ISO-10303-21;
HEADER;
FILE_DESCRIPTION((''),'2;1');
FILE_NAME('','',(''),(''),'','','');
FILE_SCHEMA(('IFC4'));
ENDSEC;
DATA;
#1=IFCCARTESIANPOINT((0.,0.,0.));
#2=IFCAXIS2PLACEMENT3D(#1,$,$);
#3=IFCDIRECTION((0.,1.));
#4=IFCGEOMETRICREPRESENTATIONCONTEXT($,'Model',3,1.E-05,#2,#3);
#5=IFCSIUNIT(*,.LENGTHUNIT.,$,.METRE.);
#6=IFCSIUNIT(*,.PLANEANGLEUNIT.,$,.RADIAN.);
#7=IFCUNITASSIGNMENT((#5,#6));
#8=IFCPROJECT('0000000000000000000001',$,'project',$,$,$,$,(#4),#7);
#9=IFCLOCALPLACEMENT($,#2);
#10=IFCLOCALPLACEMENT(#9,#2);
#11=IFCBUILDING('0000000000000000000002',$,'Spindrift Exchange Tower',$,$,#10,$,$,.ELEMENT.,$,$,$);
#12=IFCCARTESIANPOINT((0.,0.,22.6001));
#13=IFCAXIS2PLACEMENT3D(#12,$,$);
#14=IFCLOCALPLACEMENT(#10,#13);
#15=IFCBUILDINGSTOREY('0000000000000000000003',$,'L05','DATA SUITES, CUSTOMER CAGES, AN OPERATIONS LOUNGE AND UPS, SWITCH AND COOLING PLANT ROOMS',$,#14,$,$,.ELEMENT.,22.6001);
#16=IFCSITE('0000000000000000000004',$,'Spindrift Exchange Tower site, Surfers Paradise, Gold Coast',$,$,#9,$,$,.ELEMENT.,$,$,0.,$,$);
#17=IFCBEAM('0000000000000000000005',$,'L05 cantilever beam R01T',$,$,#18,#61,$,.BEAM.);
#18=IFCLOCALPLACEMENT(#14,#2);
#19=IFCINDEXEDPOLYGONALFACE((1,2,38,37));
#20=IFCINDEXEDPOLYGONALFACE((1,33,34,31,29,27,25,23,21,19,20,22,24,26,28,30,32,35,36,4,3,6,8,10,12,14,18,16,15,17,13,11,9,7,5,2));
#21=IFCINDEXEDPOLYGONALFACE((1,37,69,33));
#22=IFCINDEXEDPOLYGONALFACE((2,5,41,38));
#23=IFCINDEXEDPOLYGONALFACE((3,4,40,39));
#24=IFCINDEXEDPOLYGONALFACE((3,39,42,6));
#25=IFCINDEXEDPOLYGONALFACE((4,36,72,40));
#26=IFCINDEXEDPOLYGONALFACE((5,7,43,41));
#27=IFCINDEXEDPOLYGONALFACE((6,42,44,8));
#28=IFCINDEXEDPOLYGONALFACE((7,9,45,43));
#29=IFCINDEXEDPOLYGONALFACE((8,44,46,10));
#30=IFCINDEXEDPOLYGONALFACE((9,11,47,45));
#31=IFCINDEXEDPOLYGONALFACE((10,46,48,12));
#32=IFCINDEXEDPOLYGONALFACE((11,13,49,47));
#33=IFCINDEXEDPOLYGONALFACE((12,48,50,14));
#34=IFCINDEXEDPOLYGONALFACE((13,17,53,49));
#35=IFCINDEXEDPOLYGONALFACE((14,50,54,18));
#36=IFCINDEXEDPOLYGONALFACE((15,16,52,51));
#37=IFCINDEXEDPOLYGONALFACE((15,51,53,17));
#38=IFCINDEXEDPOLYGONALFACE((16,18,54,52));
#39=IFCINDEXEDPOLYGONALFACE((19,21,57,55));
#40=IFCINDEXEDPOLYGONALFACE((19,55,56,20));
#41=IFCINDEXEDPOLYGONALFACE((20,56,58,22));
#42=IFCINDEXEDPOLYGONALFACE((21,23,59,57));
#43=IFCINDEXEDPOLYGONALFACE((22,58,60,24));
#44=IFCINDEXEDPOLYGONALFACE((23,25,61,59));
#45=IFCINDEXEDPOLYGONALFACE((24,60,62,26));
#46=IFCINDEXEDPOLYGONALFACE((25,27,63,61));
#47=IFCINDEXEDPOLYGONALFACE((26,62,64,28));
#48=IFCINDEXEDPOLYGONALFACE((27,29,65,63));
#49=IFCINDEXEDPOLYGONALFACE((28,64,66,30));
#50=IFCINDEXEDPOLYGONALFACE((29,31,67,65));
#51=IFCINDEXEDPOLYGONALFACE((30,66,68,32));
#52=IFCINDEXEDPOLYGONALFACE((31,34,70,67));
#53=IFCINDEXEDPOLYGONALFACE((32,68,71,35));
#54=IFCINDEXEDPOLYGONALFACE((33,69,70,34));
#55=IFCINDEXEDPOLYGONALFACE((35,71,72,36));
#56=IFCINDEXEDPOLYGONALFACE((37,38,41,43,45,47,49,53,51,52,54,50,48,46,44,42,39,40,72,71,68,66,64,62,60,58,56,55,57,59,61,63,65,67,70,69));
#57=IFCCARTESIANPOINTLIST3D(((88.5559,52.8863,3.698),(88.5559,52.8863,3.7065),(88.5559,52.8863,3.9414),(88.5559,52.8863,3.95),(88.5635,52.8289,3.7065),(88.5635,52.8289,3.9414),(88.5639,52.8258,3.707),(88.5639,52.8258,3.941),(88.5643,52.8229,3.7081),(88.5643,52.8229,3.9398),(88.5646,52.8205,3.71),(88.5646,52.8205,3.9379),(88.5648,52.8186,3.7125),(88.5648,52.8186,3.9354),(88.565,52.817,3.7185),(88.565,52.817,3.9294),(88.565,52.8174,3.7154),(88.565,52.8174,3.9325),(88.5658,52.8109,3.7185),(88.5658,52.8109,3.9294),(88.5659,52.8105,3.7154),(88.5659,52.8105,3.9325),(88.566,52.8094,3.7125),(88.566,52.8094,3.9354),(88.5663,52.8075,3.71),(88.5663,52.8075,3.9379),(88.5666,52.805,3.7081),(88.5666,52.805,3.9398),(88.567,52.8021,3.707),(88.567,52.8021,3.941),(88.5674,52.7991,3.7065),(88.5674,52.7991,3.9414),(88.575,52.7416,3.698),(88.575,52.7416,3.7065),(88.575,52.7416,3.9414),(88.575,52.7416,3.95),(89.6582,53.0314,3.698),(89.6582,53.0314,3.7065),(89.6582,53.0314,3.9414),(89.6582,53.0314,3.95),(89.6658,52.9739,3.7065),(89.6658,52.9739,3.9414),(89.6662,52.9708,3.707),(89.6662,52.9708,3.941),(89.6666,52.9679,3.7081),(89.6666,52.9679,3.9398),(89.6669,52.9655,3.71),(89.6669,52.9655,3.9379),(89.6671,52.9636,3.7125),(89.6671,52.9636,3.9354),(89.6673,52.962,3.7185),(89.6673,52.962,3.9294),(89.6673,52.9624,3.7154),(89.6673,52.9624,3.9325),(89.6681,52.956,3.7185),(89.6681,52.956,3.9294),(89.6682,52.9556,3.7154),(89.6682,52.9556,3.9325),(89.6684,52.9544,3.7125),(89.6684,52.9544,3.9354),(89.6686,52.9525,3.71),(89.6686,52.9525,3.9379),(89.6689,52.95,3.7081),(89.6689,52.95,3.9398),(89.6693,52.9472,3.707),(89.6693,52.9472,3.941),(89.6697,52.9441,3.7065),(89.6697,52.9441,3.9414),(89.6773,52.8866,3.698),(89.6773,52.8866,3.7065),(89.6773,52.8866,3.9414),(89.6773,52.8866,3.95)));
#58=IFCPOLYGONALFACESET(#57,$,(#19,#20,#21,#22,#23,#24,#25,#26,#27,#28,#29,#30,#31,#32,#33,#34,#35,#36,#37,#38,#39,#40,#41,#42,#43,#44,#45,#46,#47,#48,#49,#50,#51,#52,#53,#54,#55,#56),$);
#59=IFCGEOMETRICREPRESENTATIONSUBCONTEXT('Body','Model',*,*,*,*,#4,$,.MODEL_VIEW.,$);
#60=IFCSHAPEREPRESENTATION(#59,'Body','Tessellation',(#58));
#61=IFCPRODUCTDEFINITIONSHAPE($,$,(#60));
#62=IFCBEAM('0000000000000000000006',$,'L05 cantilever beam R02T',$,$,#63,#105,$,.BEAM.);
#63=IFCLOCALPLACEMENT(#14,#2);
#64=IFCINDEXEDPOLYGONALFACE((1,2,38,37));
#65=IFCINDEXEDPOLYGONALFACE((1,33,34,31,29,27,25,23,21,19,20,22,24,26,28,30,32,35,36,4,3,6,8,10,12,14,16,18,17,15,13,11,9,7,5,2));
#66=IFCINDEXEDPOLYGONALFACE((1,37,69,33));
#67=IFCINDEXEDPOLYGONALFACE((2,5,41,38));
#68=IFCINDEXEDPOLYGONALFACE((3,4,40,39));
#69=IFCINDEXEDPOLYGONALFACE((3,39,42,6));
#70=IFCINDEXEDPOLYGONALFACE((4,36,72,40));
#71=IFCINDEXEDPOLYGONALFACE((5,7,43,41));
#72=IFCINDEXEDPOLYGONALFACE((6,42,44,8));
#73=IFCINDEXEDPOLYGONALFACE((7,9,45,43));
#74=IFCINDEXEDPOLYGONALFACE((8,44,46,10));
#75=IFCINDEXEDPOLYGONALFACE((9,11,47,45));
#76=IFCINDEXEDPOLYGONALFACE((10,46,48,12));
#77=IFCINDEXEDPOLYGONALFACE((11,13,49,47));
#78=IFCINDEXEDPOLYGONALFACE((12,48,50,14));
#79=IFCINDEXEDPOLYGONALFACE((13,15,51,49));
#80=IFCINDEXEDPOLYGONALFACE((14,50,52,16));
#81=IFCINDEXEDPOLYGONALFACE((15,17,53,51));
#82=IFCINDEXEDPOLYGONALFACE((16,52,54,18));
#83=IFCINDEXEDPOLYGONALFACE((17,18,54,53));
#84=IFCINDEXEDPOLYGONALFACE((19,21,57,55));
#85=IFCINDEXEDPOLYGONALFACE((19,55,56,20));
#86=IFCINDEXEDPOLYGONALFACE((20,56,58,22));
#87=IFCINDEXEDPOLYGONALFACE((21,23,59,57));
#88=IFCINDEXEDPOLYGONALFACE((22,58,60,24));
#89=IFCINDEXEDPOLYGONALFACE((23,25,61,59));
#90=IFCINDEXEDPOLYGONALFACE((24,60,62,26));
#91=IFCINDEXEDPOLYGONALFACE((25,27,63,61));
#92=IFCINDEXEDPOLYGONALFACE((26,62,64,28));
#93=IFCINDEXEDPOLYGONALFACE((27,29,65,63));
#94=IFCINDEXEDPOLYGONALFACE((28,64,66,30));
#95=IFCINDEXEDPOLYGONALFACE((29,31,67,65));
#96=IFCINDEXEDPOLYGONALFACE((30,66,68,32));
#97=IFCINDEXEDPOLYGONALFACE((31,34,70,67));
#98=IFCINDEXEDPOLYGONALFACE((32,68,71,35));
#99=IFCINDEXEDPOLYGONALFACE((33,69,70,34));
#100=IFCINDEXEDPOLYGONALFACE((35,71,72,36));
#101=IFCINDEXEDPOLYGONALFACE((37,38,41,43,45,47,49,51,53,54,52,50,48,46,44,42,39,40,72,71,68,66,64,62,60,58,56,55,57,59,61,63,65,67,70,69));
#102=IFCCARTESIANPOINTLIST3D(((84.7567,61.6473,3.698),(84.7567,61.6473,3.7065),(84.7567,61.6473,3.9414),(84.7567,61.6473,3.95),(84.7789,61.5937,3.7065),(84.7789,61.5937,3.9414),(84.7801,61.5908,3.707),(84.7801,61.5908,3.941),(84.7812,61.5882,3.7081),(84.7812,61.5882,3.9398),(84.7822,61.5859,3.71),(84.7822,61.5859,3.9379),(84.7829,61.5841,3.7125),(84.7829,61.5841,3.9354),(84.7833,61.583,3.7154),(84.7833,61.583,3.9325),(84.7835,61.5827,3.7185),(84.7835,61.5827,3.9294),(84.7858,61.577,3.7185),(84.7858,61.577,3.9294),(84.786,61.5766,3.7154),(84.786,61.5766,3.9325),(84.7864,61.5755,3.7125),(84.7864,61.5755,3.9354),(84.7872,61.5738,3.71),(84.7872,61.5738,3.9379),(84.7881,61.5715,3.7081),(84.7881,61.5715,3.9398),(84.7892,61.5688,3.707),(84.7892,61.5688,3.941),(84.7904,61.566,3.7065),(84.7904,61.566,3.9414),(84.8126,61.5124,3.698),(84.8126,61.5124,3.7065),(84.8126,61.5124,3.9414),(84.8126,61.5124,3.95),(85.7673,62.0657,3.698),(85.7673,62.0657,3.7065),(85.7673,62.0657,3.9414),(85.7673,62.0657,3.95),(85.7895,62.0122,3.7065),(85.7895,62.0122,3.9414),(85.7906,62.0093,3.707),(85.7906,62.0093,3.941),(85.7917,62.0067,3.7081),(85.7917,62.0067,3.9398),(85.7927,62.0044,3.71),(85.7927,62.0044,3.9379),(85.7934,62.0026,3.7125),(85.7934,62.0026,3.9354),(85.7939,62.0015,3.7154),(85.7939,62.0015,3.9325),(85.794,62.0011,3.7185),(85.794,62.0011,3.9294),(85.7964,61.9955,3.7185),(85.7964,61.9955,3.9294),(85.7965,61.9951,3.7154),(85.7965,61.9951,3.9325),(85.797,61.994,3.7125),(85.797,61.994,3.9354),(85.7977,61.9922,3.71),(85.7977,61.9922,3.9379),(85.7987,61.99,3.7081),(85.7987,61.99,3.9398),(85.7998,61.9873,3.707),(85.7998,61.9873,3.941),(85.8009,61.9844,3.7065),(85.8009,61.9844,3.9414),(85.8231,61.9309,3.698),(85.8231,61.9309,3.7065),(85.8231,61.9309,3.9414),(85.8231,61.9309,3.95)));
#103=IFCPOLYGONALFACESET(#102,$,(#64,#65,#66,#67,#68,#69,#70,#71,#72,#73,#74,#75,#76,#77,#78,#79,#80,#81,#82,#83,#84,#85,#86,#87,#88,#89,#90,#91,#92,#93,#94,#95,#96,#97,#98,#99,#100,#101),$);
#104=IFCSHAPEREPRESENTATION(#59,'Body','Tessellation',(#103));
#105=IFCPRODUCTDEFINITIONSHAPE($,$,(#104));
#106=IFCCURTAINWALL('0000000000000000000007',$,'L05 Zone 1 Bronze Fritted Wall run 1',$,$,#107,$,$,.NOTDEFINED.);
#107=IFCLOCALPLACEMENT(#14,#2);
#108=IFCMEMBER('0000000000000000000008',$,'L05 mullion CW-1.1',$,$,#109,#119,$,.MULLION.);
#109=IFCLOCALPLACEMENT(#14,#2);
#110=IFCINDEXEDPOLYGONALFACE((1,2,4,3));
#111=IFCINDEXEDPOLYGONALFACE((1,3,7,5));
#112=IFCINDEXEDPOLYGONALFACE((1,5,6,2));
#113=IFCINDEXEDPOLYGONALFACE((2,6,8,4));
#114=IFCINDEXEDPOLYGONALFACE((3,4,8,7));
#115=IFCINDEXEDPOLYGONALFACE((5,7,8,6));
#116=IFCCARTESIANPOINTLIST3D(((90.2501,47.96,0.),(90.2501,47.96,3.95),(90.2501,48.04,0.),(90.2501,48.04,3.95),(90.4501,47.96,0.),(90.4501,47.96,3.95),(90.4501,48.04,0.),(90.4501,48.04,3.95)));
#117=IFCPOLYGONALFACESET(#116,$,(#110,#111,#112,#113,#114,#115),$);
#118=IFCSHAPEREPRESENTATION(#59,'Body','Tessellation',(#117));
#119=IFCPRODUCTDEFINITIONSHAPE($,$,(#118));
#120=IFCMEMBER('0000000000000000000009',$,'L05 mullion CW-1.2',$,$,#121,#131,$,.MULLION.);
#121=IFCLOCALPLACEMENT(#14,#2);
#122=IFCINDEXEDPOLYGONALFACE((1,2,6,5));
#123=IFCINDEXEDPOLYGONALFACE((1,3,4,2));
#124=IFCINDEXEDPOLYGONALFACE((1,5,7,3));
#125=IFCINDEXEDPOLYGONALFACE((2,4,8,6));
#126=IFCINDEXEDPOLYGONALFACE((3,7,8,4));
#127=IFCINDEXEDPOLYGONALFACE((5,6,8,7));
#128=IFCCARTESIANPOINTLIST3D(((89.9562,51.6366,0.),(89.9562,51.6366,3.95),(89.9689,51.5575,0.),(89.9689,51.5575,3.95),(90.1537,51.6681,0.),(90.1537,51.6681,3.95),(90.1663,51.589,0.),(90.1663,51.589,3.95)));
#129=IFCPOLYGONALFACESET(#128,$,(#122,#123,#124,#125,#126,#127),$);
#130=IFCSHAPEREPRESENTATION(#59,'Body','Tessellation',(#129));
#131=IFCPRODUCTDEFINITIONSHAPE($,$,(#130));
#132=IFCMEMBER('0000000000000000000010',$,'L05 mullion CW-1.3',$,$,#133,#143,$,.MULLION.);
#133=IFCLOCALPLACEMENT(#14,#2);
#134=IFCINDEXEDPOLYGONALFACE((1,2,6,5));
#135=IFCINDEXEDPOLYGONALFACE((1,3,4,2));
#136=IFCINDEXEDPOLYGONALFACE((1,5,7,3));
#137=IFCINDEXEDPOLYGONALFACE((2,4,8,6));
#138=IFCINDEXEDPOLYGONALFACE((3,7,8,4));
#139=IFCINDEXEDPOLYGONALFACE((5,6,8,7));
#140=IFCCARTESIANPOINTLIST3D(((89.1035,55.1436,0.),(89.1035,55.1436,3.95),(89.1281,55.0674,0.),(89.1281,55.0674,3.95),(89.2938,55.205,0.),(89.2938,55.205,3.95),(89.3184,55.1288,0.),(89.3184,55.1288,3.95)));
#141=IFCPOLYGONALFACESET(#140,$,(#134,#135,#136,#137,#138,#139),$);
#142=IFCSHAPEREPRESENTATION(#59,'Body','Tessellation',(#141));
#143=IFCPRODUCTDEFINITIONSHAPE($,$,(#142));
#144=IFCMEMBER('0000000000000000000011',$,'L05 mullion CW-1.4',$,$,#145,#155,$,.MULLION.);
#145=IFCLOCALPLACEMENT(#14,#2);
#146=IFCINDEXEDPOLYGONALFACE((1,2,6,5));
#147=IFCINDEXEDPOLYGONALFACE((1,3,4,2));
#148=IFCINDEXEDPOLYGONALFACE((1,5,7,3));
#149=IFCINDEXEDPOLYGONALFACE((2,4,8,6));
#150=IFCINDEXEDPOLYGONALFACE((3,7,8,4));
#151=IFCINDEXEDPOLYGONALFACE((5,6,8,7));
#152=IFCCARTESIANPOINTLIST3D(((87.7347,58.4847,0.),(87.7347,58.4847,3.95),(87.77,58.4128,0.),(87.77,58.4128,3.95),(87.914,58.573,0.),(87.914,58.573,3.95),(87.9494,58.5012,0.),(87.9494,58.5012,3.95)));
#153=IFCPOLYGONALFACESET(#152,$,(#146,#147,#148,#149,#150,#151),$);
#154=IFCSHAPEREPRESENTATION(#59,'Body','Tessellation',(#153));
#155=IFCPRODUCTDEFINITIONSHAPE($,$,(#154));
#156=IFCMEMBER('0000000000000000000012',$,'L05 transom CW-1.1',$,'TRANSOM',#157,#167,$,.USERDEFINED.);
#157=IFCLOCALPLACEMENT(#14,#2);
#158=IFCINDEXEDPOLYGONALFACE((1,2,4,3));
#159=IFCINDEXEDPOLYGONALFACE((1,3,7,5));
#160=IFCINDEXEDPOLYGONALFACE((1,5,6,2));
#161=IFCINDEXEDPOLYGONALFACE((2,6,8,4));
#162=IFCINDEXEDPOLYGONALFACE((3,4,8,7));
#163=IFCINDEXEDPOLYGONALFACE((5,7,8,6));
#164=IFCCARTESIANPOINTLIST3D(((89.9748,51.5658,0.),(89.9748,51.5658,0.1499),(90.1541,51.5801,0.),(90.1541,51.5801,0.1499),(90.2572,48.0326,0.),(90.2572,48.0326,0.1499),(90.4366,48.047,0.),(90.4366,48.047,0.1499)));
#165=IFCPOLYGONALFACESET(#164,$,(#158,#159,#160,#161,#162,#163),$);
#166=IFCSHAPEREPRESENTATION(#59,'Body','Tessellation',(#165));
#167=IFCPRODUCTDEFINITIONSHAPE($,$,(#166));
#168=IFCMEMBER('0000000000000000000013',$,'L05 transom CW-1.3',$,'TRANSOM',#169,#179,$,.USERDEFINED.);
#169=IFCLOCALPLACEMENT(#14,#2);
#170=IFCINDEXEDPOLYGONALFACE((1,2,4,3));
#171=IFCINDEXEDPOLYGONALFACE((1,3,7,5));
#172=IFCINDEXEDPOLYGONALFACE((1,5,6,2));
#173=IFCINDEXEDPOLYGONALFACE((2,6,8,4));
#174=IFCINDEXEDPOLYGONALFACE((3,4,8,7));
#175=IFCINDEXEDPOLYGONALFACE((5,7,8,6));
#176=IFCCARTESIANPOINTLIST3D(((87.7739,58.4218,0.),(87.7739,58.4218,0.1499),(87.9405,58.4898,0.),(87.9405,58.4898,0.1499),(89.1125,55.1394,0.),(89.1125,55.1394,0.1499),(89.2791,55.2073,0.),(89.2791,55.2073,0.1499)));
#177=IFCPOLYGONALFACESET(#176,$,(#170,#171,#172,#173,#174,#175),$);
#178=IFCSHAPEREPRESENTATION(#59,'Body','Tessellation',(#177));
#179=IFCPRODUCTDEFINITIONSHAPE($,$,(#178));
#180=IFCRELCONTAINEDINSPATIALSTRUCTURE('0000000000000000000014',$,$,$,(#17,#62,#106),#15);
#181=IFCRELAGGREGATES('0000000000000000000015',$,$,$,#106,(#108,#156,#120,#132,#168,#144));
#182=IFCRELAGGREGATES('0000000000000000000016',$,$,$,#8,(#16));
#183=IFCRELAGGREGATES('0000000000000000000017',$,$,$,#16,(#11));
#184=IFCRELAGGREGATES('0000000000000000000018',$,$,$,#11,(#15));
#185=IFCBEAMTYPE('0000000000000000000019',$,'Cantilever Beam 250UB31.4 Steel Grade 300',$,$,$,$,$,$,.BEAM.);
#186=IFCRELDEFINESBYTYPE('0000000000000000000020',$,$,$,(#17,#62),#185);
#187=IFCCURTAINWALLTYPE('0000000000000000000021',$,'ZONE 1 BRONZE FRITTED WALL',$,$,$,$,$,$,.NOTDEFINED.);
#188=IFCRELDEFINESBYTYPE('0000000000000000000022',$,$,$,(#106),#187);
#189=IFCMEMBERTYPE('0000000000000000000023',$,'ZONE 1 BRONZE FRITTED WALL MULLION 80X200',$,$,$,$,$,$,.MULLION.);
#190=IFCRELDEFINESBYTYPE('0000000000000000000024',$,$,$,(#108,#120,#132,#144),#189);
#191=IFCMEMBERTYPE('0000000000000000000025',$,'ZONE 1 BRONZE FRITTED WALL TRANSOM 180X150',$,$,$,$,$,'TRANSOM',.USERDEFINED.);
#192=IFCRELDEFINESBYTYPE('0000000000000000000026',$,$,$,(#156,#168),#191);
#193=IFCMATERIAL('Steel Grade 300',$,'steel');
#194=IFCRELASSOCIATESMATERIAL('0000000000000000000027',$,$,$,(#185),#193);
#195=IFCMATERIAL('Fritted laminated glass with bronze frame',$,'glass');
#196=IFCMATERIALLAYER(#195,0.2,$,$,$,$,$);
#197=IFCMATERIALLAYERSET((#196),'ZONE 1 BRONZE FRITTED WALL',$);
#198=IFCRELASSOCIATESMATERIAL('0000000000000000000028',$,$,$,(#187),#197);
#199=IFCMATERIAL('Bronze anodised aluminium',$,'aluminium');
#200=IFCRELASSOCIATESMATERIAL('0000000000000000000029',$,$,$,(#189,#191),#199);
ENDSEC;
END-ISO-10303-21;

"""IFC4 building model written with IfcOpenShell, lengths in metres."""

from ifc_helpers import new_model, si_unit, direction, frame, origin, origin_2d, place, context, subcontext, project, spatial, rectangle, i_section, extrude, source, transform, mapped, material, layer, layer_set, material_profile, profile_set, type_object, element, aggregate, save


model = new_model("IFC4")

# Units and contexts
model_context = context("Model", 3, precision=1e-05, world=origin(), true_north=direction((0.0, 1.0)))
body_context = subcontext(model_context, "Body", "Model", "MODEL_VIEW")
ifc_project = project(units=[si_unit("LENGTHUNIT", "METRE"), si_unit("PLANEANGLEUNIT", "RADIAN")], contexts=[model_context])

# Site, building, storey
site_placement = place(None, origin())
site = spatial("IfcSite", under=ifc_project, at=site_placement, Name="Spindrift Exchange Tower site, Surfers Paradise, Gold Coast", CompositionType="ELEMENT", RefElevation=0.0)
building_placement = place(site_placement, origin())
building = spatial("IfcBuilding", under=site, at=building_placement, Name="Spindrift Exchange Tower", CompositionType="ELEMENT")
storey_placement = place(building_placement, frame((0.0, 0.0, 22.6001)))
storey = spatial("IfcBuildingStorey", under=building, at=storey_placement, Name="L05", Description="DATA SUITES, CUSTOMER CAGES, AN OPERATIONS LOUNGE AND UPS, SWITCH AND COOLING PLANT ROOMS", CompositionType="ELEMENT", Elevation=22.6001)

# Beams
ifc_material_1 = material(Name="Steel Grade 300", Category="steel")
ifc_material_profile_1 = material_profile(ifc_material_1, i_section(OverallWidth=0.146, OverallDepth=0.252, WebThickness=0.0061, FlangeThickness=0.0085, FilletRadius=0.012, at=origin_2d()), Name="250UB31.4")
ifc_profile_set_1 = profile_set([ifc_material_profile_1], Name="Steel Grade 300")
beam_type_1 = type_object("IfcBeamType", Name="Cantilever Beam 250UB31.4 Steel Grade 300", PredefinedType="BEAM", material=ifc_profile_set_1)
shared_shape_1 = source(origin(), body_context, "Body", "SweptSolid", [
    extrude(i_section(OverallWidth=0.146, OverallDepth=0.252, WebThickness=0.0061, FlangeThickness=0.0085, FilletRadius=0.012, at=origin_2d()), origin(), (0.0, 0.0, 1.0), 1.1118),
])
beam_1_placement = place(storey_placement, frame((88.5654, 52.814, 3.824), z_axis=(0.991457, 0.130437, 0.0), x_axis=(-0.130437, 0.991457, 0.0)))
element("IfcBeam", 1, at=beam_1_placement, inside=storey, type_object=beam_type_1, Name="L05 cantilever beam R01T", PredefinedType="BEAM", context=body_context, shape_type="MappedRepresentation", body=[
    mapped(shared_shape_1, transform((0.0, 0.0, 0.0), scale=1.0)),
])
shared_shape_2 = source(origin(), body_context, "Body", "SweptSolid", [
    extrude(i_section(OverallWidth=0.146, OverallDepth=0.252, WebThickness=0.0061, FlangeThickness=0.0085, FilletRadius=0.012, at=origin_2d()), origin(), (0.0, 0.0, 1.0), 1.0938),
])
beam_2_placement = place(storey_placement, frame((84.7847, 61.5798, 3.824), z_axis=(0.923913, 0.382602, 0.0), x_axis=(-0.382602, 0.923913, 0.0)))
element("IfcBeam", 2, at=beam_2_placement, inside=storey, type_object=beam_type_1, Name="L05 cantilever beam R02T", PredefinedType="BEAM", context=body_context, shape_type="MappedRepresentation", body=[
    mapped(shared_shape_2, transform((0.0, 0.0, 0.0), scale=1.0)),
])

# Curtain wall, members
ifc_material_2 = material(Name="Fritted laminated glass with bronze frame", Category="glass")
ifc_layer_1 = layer(ifc_material_2, 0.2)
ifc_layer_set_1 = layer_set([ifc_layer_1], Name="ZONE 1 BRONZE FRITTED WALL")
curtain_wall_type = type_object("IfcCurtainWallType", Name="ZONE 1 BRONZE FRITTED WALL", PredefinedType="NOTDEFINED", material=ifc_layer_set_1)
curtain_wall_placement = place(storey_placement, origin())
curtain_wall = element("IfcCurtainWall", 3, at=curtain_wall_placement, inside=storey, type_object=curtain_wall_type, Name="L05 Zone 1 Bronze Fritted Wall run 1", PredefinedType="NOTDEFINED")
ifc_material_3 = material(Name="Bronze anodised aluminium", Category="aluminium")
ifc_material_profile_2 = material_profile(ifc_material_3, rectangle(XDim=0.0801, YDim=0.2, at=origin_2d()), Name="ZONE 1 BRONZE FRITTED WALL MULLION 80X200")
ifc_profile_set_2 = profile_set([ifc_material_profile_2], Name="Bronze anodised aluminium")
member_type_1 = type_object("IfcMemberType", Name="ZONE 1 BRONZE FRITTED WALL MULLION 80X200", PredefinedType="MULLION", material=ifc_profile_set_2)
shared_shape_3 = source(origin(), body_context, "Body", "SweptSolid", [
    extrude(rectangle(XDim=0.0801, YDim=0.2, at=origin_2d()), origin(), (0.0, 0.0, 1.0), 3.95),
])
member_1_placement = place(storey_placement, frame((90.3501, 48.0, 0.0), z_axis=(0.0, 0.0, 1.0), x_axis=(0.0, 1.0, 0.0)))
member_1 = element("IfcMember", 4, at=member_1_placement, type_object=member_type_1, Name="L05 mullion CW-1.1", PredefinedType="MULLION", context=body_context, shape_type="MappedRepresentation", body=[
    mapped(shared_shape_3, transform((0.0, 0.0, 0.0), scale=1.0)),
])
member_2_placement = place(storey_placement, frame((90.0613, 51.6128, 0.0), z_axis=(0.0, 0.0, 1.0), x_axis=(-0.15761, 0.987501, 0.0)))
member_2 = element("IfcMember", 5, at=member_2_placement, type_object=member_type_1, Name="L05 mullion CW-1.2", PredefinedType="MULLION", context=body_context, shape_type="MappedRepresentation", body=[
    mapped(shared_shape_3, transform((0.0, 0.0, 0.0), scale=1.0)),
])
member_3_placement = place(storey_placement, frame((89.2109, 55.1362, 0.0), z_axis=(0.0, 0.0, 1.0), x_axis=(-0.306991, 0.951712, 0.0)))
member_3 = element("IfcMember", 6, at=member_3_placement, type_object=member_type_1, Name="L05 mullion CW-1.3", PredefinedType="MULLION", context=body_context, shape_type="MappedRepresentation", body=[
    mapped(shared_shape_3, transform((0.0, 0.0, 0.0), scale=1.0)),
])
member_4_placement = place(storey_placement, frame((87.842, 58.4929, 0.0), z_axis=(0.0, 0.0, 1.0), x_axis=(-0.441893, 0.897068, 0.0)))
member_4 = element("IfcMember", 7, at=member_4_placement, type_object=member_type_1, Name="L05 mullion CW-1.4", PredefinedType="MULLION", context=body_context, shape_type="MappedRepresentation", body=[
    mapped(shared_shape_3, transform((0.0, 0.0, 0.0), scale=1.0)),
])
ifc_material_profile_3 = material_profile(ifc_material_3, rectangle(XDim=0.1799, YDim=0.1499, at=origin_2d()), Name="ZONE 1 BRONZE FRITTED WALL TRANSOM 180X150")
ifc_profile_set_3 = profile_set([ifc_material_profile_3], Name="Bronze anodised aluminium")
member_type_2 = type_object("IfcMemberType", Name="ZONE 1 BRONZE FRITTED WALL TRANSOM 180X150", ElementType="TRANSOM", PredefinedType="USERDEFINED", material=ifc_profile_set_3)
shared_shape_4 = source(origin(), body_context, "Body", "SweptSolid", [
    extrude(rectangle(XDim=0.1799, YDim=0.1499, at=origin_2d()), origin(), (0.0, 0.0, 1.0), 3.5444),
])
member_5_placement = place(storey_placement, frame((90.3469, 48.0398, 0.075), z_axis=(-0.079693, 0.996819, 0.0), x_axis=(-0.996819, -0.079693, 0.0)))
member_5 = element("IfcMember", 8, at=member_5_placement, type_object=member_type_2, Name="L05 transom CW-1.1", ObjectType="TRANSOM", PredefinedType="USERDEFINED", context=body_context, shape_type="MappedRepresentation", body=[
    mapped(shared_shape_4, transform((0.0, 0.0, 0.0), scale=1.0)),
])
shared_shape_5 = source(origin(), body_context, "Body", "SweptSolid", [
    extrude(rectangle(XDim=0.1799, YDim=0.1499, at=origin_2d()), origin(), (0.0, 0.0, 1.0), 3.5449),
])
member_6_placement = place(storey_placement, frame((89.1958, 55.1733, 0.075), z_axis=(-0.377616, 0.925962, 0.0), x_axis=(-0.925962, -0.377616, 0.0)))
member_6 = element("IfcMember", 9, at=member_6_placement, type_object=member_type_2, Name="L05 transom CW-1.3", ObjectType="TRANSOM", PredefinedType="USERDEFINED", context=body_context, shape_type="MappedRepresentation", body=[
    mapped(shared_shape_5, transform((0.0, 0.0, 0.0), scale=1.0)),
])
aggregate(curtain_wall, [member_1, member_5, member_2, member_3, member_6, member_4])

save(model, "model.ifc")
